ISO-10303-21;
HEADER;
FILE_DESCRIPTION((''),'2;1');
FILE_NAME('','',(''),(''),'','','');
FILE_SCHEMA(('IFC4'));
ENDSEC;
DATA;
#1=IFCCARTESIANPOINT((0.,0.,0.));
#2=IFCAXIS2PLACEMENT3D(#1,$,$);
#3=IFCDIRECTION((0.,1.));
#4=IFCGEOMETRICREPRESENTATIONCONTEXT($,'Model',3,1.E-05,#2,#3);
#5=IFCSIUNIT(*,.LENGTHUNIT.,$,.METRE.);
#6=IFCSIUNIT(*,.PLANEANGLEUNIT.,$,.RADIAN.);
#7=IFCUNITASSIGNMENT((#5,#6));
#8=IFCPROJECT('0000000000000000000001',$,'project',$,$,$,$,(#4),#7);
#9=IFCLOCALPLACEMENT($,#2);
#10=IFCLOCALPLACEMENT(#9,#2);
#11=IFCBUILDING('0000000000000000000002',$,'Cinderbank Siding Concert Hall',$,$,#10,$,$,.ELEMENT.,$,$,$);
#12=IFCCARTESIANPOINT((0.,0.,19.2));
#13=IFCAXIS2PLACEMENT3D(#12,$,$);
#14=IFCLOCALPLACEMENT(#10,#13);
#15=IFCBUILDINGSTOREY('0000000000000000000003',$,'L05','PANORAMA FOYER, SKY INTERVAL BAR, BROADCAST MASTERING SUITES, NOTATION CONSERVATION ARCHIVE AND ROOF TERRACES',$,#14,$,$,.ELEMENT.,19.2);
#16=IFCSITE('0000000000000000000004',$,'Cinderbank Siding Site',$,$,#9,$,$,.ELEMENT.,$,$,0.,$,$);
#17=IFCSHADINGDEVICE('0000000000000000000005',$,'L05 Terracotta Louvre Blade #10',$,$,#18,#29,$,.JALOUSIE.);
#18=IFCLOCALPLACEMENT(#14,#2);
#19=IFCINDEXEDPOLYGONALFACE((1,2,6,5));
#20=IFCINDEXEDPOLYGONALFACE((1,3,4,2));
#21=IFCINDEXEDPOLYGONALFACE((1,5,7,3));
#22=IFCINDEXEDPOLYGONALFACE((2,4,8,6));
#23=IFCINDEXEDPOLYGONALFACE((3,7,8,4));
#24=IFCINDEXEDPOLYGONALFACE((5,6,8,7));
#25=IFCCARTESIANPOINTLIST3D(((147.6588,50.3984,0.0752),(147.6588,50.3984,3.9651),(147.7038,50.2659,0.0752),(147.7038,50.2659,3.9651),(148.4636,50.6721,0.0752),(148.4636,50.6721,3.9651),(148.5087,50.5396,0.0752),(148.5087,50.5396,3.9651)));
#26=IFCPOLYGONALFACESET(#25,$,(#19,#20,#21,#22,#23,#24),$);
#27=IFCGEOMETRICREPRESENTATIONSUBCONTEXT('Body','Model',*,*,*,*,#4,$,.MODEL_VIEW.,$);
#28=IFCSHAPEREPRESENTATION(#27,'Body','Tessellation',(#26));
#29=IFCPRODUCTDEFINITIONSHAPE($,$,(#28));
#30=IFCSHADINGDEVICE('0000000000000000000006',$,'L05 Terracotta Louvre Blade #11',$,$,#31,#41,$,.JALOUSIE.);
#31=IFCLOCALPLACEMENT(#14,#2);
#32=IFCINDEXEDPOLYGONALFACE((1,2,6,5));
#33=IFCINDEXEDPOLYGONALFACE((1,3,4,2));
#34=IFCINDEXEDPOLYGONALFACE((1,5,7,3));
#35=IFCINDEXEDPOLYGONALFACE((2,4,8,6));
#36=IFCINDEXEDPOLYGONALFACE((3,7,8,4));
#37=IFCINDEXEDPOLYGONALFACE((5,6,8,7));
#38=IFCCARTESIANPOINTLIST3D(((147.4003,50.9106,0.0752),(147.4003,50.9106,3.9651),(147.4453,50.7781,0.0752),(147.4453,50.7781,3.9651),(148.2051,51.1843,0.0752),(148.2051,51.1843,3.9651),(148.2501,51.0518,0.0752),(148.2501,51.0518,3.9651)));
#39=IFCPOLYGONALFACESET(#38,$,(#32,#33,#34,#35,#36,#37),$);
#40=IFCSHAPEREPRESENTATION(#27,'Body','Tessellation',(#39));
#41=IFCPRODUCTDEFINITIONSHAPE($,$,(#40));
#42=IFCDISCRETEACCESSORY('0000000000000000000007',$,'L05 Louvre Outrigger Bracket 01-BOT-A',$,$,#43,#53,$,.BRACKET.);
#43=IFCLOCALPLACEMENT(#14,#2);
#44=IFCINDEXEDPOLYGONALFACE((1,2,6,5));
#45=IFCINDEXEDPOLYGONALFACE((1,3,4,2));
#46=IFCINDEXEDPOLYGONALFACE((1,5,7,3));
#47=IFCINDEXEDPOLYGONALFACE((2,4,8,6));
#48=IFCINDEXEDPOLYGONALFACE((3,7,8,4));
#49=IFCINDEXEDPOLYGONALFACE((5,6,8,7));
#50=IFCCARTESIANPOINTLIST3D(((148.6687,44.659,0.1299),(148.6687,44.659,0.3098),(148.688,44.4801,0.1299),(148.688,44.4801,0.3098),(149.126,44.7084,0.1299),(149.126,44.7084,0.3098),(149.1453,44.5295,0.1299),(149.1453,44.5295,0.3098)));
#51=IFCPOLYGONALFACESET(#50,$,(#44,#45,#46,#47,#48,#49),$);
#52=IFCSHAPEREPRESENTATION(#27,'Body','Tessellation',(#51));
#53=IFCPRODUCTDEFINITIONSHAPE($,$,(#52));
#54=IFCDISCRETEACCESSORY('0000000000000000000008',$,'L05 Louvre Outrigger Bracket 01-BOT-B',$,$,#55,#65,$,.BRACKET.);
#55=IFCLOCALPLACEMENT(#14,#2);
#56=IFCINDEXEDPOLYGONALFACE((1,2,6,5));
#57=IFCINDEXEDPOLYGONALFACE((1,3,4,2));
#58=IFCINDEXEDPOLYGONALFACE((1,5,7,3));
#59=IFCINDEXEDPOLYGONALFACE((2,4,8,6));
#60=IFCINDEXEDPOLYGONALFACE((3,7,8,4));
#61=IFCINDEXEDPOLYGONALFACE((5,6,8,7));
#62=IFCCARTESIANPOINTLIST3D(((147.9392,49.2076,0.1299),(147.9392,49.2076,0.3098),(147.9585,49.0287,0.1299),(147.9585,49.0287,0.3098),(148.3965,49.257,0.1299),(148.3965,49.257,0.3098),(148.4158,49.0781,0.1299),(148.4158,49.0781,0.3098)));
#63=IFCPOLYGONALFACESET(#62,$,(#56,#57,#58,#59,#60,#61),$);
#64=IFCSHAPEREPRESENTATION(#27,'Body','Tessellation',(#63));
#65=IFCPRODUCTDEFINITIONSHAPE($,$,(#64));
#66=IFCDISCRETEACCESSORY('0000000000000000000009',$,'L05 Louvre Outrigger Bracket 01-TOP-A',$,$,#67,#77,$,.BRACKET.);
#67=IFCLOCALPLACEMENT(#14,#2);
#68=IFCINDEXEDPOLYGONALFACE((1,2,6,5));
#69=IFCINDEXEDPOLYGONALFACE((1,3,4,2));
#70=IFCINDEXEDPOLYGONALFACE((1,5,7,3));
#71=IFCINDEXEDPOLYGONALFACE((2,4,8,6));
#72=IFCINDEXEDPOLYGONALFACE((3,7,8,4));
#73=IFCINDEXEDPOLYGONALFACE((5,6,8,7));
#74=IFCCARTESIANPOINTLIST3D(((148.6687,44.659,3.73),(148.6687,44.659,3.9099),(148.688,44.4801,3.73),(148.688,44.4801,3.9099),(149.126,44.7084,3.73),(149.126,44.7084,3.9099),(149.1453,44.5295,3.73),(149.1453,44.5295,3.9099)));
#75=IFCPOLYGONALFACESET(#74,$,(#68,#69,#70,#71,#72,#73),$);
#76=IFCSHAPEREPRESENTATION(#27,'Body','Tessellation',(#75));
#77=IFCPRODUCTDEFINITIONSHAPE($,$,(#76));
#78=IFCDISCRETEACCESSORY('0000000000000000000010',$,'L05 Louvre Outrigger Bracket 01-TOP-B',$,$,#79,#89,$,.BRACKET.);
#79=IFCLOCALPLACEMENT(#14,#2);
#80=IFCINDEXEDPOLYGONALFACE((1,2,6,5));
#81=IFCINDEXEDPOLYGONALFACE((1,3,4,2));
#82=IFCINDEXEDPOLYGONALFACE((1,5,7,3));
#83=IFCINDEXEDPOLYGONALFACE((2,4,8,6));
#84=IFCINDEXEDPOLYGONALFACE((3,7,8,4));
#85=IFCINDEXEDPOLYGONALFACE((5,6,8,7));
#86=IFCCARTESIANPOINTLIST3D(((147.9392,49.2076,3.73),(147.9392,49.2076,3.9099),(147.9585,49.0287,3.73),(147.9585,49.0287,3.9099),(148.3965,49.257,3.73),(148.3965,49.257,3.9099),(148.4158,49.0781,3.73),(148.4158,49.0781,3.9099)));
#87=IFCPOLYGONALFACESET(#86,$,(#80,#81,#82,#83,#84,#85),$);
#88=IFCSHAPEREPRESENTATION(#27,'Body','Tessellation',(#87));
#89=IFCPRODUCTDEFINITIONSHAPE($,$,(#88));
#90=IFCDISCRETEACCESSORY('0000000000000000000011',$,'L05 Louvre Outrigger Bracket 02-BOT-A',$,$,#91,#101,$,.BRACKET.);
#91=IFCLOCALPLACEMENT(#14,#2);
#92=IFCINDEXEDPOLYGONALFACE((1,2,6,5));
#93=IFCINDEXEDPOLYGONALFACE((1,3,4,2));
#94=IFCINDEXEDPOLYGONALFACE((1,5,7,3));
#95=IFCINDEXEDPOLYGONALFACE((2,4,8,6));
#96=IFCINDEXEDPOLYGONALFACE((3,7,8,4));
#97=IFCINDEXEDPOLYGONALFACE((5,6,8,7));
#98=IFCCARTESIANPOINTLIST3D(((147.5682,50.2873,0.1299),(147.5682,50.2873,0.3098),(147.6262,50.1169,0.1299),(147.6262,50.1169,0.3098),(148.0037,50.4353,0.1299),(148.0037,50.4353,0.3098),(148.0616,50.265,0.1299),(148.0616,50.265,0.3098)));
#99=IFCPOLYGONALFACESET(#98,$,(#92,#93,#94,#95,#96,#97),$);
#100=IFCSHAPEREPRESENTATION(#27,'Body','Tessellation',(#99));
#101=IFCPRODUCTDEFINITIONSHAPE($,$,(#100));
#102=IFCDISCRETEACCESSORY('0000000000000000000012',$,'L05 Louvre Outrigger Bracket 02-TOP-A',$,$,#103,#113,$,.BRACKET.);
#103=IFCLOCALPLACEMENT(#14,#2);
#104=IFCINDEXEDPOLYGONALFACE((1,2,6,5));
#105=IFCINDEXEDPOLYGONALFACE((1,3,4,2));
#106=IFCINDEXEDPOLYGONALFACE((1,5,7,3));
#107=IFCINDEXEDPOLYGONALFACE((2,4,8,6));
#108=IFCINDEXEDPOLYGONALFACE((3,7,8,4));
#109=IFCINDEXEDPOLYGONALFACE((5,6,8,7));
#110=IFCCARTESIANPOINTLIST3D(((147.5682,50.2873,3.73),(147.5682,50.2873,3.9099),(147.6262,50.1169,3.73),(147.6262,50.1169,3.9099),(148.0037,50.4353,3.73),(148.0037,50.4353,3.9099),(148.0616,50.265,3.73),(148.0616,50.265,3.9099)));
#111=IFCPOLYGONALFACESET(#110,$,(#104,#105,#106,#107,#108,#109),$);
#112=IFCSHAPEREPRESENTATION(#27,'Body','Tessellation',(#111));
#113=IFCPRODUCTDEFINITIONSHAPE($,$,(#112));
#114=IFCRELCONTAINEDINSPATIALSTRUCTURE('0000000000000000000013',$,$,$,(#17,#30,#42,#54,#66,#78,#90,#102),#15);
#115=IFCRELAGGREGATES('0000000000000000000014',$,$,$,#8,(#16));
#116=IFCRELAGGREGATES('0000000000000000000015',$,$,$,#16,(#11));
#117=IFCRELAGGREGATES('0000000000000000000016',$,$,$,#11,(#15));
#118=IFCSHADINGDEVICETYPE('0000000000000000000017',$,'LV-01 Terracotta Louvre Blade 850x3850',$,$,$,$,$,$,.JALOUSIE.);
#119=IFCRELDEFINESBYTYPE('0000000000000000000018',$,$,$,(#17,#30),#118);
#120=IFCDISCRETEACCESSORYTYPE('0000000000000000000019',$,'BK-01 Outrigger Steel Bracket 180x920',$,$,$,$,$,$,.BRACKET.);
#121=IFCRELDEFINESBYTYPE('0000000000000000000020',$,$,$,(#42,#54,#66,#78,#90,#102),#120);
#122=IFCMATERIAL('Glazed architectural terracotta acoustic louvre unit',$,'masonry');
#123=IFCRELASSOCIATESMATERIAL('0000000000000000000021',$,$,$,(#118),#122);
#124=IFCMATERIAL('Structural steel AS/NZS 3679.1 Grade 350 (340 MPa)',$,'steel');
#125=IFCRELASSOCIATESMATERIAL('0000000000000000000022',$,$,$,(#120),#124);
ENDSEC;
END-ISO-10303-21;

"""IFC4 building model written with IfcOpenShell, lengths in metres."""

from ifc_helpers import new_model, si_unit, direction, frame, origin, origin_2d, place, context, subcontext, project, spatial, rectangle, extrude, material, type_object, element, save


model = new_model("IFC4")

# Units and contexts
model_context = context("Model", 3, precision=1e-05, world=origin(), true_north=direction((0.0, 1.0)))
body_context = subcontext(model_context, "Body", "Model", "MODEL_VIEW")
ifc_project = project(units=[si_unit("LENGTHUNIT", "METRE"), si_unit("PLANEANGLEUNIT", "RADIAN")], contexts=[model_context])

# Site, building, storey
site_placement = place(None, origin())
site = spatial("IfcSite", under=ifc_project, at=site_placement, Name="Cinderbank Siding Site", CompositionType="ELEMENT", RefElevation=0.0)
building_placement = place(site_placement, origin())
building = spatial("IfcBuilding", under=site, at=building_placement, Name="Cinderbank Siding Concert Hall", CompositionType="ELEMENT")
storey_placement = place(building_placement, frame((0.0, 0.0, 19.2)))
storey = spatial("IfcBuildingStorey", under=building, at=storey_placement, Name="L05", Description="PANORAMA FOYER, SKY INTERVAL BAR, BROADCAST MASTERING SUITES, NOTATION CONSERVATION ARCHIVE AND ROOF TERRACES", CompositionType="ELEMENT", Elevation=19.2)

# Shared definitions
ifc_material_1 = material(Name="Structural steel AS/NZS 3679.1 Grade 350 (340 MPa)", Category="steel")

# Shading devices
ifc_material_2 = material(Name="Glazed architectural terracotta acoustic louvre unit", Category="masonry")
shading_device_type = type_object("IfcShadingDeviceType", Name="LV-01 Terracotta Louvre Blade 850x3850", PredefinedType="JALOUSIE", material=ifc_material_2)
for number, where, z_axis, x_axis, name in (
    (1, (148.0837, 50.469, 0.0752), (0.0, 0.0, 1.0), (0.946765, 0.321924, 0.0), "L05 Terracotta Louvre Blade #10"),
    (2, (147.8252, 50.9812, 0.0752), (0.0, 0.0, 1.0), (0.946765, 0.321924, 0.0), "L05 Terracotta Louvre Blade #11"),
):
    element("IfcShadingDevice", number, at=place(storey_placement, frame(where, z_axis=z_axis, x_axis=x_axis)), inside=storey, type_object=shading_device_type, Name=name, PredefinedType="JALOUSIE", context=body_context, shape_type="SweptSolid", body=[
        extrude(rectangle(XDim=0.8501, YDim=0.1399, at=origin_2d()), origin(), (0.0, 0.0, 1.0), 3.8899),
    ])

# Discrete accessories
discrete_accessory_type = type_object("IfcDiscreteAccessoryType", Name="BK-01 Outrigger Steel Bracket 180x920", PredefinedType="BRACKET", material=ifc_material_1)
for number, where, z_axis, x_axis, name in (
    (3, (148.907, 44.5942, 0.1299), (0.0, 0.0, 1.0), (0.994211, 0.107447, 0.0), "L05 Louvre Outrigger Bracket 01-BOT-A"),
    (4, (148.1775, 49.1428, 0.1299), (0.0, 0.0, 1.0), (0.994211, 0.107447, 0.0), "L05 Louvre Outrigger Bracket 01-BOT-B"),
    (5, (148.907, 44.5942, 3.73), (0.0, 0.0, 1.0), (0.994211, 0.107447, 0.0), "L05 Louvre Outrigger Bracket 01-TOP-A"),
    (6, (148.1775, 49.1428, 3.73), (0.0, 0.0, 1.0), (0.994211, 0.107447, 0.0), "L05 Louvre Outrigger Bracket 01-TOP-B"),
    (7, (147.8149, 50.2761, 0.1299), (0.0, 0.0, 1.0), (0.946765, 0.321924, 0.0), "L05 Louvre Outrigger Bracket 02-BOT-A"),
    (8, (147.8149, 50.2761, 3.73), (0.0, 0.0, 1.0), (0.946765, 0.321924, 0.0), "L05 Louvre Outrigger Bracket 02-TOP-A"),
):
    element("IfcDiscreteAccessory", number, at=place(storey_placement, frame(where, z_axis=z_axis, x_axis=x_axis)), inside=storey, type_object=discrete_accessory_type, Name=name, PredefinedType="BRACKET", context=body_context, shape_type="SweptSolid", body=[
        extrude(rectangle(XDim=0.46, YDim=0.1799, at=origin_2d()), origin(), (0.0, 0.0, 1.0), 0.1799),
    ])

save(model, "model.ifc")
